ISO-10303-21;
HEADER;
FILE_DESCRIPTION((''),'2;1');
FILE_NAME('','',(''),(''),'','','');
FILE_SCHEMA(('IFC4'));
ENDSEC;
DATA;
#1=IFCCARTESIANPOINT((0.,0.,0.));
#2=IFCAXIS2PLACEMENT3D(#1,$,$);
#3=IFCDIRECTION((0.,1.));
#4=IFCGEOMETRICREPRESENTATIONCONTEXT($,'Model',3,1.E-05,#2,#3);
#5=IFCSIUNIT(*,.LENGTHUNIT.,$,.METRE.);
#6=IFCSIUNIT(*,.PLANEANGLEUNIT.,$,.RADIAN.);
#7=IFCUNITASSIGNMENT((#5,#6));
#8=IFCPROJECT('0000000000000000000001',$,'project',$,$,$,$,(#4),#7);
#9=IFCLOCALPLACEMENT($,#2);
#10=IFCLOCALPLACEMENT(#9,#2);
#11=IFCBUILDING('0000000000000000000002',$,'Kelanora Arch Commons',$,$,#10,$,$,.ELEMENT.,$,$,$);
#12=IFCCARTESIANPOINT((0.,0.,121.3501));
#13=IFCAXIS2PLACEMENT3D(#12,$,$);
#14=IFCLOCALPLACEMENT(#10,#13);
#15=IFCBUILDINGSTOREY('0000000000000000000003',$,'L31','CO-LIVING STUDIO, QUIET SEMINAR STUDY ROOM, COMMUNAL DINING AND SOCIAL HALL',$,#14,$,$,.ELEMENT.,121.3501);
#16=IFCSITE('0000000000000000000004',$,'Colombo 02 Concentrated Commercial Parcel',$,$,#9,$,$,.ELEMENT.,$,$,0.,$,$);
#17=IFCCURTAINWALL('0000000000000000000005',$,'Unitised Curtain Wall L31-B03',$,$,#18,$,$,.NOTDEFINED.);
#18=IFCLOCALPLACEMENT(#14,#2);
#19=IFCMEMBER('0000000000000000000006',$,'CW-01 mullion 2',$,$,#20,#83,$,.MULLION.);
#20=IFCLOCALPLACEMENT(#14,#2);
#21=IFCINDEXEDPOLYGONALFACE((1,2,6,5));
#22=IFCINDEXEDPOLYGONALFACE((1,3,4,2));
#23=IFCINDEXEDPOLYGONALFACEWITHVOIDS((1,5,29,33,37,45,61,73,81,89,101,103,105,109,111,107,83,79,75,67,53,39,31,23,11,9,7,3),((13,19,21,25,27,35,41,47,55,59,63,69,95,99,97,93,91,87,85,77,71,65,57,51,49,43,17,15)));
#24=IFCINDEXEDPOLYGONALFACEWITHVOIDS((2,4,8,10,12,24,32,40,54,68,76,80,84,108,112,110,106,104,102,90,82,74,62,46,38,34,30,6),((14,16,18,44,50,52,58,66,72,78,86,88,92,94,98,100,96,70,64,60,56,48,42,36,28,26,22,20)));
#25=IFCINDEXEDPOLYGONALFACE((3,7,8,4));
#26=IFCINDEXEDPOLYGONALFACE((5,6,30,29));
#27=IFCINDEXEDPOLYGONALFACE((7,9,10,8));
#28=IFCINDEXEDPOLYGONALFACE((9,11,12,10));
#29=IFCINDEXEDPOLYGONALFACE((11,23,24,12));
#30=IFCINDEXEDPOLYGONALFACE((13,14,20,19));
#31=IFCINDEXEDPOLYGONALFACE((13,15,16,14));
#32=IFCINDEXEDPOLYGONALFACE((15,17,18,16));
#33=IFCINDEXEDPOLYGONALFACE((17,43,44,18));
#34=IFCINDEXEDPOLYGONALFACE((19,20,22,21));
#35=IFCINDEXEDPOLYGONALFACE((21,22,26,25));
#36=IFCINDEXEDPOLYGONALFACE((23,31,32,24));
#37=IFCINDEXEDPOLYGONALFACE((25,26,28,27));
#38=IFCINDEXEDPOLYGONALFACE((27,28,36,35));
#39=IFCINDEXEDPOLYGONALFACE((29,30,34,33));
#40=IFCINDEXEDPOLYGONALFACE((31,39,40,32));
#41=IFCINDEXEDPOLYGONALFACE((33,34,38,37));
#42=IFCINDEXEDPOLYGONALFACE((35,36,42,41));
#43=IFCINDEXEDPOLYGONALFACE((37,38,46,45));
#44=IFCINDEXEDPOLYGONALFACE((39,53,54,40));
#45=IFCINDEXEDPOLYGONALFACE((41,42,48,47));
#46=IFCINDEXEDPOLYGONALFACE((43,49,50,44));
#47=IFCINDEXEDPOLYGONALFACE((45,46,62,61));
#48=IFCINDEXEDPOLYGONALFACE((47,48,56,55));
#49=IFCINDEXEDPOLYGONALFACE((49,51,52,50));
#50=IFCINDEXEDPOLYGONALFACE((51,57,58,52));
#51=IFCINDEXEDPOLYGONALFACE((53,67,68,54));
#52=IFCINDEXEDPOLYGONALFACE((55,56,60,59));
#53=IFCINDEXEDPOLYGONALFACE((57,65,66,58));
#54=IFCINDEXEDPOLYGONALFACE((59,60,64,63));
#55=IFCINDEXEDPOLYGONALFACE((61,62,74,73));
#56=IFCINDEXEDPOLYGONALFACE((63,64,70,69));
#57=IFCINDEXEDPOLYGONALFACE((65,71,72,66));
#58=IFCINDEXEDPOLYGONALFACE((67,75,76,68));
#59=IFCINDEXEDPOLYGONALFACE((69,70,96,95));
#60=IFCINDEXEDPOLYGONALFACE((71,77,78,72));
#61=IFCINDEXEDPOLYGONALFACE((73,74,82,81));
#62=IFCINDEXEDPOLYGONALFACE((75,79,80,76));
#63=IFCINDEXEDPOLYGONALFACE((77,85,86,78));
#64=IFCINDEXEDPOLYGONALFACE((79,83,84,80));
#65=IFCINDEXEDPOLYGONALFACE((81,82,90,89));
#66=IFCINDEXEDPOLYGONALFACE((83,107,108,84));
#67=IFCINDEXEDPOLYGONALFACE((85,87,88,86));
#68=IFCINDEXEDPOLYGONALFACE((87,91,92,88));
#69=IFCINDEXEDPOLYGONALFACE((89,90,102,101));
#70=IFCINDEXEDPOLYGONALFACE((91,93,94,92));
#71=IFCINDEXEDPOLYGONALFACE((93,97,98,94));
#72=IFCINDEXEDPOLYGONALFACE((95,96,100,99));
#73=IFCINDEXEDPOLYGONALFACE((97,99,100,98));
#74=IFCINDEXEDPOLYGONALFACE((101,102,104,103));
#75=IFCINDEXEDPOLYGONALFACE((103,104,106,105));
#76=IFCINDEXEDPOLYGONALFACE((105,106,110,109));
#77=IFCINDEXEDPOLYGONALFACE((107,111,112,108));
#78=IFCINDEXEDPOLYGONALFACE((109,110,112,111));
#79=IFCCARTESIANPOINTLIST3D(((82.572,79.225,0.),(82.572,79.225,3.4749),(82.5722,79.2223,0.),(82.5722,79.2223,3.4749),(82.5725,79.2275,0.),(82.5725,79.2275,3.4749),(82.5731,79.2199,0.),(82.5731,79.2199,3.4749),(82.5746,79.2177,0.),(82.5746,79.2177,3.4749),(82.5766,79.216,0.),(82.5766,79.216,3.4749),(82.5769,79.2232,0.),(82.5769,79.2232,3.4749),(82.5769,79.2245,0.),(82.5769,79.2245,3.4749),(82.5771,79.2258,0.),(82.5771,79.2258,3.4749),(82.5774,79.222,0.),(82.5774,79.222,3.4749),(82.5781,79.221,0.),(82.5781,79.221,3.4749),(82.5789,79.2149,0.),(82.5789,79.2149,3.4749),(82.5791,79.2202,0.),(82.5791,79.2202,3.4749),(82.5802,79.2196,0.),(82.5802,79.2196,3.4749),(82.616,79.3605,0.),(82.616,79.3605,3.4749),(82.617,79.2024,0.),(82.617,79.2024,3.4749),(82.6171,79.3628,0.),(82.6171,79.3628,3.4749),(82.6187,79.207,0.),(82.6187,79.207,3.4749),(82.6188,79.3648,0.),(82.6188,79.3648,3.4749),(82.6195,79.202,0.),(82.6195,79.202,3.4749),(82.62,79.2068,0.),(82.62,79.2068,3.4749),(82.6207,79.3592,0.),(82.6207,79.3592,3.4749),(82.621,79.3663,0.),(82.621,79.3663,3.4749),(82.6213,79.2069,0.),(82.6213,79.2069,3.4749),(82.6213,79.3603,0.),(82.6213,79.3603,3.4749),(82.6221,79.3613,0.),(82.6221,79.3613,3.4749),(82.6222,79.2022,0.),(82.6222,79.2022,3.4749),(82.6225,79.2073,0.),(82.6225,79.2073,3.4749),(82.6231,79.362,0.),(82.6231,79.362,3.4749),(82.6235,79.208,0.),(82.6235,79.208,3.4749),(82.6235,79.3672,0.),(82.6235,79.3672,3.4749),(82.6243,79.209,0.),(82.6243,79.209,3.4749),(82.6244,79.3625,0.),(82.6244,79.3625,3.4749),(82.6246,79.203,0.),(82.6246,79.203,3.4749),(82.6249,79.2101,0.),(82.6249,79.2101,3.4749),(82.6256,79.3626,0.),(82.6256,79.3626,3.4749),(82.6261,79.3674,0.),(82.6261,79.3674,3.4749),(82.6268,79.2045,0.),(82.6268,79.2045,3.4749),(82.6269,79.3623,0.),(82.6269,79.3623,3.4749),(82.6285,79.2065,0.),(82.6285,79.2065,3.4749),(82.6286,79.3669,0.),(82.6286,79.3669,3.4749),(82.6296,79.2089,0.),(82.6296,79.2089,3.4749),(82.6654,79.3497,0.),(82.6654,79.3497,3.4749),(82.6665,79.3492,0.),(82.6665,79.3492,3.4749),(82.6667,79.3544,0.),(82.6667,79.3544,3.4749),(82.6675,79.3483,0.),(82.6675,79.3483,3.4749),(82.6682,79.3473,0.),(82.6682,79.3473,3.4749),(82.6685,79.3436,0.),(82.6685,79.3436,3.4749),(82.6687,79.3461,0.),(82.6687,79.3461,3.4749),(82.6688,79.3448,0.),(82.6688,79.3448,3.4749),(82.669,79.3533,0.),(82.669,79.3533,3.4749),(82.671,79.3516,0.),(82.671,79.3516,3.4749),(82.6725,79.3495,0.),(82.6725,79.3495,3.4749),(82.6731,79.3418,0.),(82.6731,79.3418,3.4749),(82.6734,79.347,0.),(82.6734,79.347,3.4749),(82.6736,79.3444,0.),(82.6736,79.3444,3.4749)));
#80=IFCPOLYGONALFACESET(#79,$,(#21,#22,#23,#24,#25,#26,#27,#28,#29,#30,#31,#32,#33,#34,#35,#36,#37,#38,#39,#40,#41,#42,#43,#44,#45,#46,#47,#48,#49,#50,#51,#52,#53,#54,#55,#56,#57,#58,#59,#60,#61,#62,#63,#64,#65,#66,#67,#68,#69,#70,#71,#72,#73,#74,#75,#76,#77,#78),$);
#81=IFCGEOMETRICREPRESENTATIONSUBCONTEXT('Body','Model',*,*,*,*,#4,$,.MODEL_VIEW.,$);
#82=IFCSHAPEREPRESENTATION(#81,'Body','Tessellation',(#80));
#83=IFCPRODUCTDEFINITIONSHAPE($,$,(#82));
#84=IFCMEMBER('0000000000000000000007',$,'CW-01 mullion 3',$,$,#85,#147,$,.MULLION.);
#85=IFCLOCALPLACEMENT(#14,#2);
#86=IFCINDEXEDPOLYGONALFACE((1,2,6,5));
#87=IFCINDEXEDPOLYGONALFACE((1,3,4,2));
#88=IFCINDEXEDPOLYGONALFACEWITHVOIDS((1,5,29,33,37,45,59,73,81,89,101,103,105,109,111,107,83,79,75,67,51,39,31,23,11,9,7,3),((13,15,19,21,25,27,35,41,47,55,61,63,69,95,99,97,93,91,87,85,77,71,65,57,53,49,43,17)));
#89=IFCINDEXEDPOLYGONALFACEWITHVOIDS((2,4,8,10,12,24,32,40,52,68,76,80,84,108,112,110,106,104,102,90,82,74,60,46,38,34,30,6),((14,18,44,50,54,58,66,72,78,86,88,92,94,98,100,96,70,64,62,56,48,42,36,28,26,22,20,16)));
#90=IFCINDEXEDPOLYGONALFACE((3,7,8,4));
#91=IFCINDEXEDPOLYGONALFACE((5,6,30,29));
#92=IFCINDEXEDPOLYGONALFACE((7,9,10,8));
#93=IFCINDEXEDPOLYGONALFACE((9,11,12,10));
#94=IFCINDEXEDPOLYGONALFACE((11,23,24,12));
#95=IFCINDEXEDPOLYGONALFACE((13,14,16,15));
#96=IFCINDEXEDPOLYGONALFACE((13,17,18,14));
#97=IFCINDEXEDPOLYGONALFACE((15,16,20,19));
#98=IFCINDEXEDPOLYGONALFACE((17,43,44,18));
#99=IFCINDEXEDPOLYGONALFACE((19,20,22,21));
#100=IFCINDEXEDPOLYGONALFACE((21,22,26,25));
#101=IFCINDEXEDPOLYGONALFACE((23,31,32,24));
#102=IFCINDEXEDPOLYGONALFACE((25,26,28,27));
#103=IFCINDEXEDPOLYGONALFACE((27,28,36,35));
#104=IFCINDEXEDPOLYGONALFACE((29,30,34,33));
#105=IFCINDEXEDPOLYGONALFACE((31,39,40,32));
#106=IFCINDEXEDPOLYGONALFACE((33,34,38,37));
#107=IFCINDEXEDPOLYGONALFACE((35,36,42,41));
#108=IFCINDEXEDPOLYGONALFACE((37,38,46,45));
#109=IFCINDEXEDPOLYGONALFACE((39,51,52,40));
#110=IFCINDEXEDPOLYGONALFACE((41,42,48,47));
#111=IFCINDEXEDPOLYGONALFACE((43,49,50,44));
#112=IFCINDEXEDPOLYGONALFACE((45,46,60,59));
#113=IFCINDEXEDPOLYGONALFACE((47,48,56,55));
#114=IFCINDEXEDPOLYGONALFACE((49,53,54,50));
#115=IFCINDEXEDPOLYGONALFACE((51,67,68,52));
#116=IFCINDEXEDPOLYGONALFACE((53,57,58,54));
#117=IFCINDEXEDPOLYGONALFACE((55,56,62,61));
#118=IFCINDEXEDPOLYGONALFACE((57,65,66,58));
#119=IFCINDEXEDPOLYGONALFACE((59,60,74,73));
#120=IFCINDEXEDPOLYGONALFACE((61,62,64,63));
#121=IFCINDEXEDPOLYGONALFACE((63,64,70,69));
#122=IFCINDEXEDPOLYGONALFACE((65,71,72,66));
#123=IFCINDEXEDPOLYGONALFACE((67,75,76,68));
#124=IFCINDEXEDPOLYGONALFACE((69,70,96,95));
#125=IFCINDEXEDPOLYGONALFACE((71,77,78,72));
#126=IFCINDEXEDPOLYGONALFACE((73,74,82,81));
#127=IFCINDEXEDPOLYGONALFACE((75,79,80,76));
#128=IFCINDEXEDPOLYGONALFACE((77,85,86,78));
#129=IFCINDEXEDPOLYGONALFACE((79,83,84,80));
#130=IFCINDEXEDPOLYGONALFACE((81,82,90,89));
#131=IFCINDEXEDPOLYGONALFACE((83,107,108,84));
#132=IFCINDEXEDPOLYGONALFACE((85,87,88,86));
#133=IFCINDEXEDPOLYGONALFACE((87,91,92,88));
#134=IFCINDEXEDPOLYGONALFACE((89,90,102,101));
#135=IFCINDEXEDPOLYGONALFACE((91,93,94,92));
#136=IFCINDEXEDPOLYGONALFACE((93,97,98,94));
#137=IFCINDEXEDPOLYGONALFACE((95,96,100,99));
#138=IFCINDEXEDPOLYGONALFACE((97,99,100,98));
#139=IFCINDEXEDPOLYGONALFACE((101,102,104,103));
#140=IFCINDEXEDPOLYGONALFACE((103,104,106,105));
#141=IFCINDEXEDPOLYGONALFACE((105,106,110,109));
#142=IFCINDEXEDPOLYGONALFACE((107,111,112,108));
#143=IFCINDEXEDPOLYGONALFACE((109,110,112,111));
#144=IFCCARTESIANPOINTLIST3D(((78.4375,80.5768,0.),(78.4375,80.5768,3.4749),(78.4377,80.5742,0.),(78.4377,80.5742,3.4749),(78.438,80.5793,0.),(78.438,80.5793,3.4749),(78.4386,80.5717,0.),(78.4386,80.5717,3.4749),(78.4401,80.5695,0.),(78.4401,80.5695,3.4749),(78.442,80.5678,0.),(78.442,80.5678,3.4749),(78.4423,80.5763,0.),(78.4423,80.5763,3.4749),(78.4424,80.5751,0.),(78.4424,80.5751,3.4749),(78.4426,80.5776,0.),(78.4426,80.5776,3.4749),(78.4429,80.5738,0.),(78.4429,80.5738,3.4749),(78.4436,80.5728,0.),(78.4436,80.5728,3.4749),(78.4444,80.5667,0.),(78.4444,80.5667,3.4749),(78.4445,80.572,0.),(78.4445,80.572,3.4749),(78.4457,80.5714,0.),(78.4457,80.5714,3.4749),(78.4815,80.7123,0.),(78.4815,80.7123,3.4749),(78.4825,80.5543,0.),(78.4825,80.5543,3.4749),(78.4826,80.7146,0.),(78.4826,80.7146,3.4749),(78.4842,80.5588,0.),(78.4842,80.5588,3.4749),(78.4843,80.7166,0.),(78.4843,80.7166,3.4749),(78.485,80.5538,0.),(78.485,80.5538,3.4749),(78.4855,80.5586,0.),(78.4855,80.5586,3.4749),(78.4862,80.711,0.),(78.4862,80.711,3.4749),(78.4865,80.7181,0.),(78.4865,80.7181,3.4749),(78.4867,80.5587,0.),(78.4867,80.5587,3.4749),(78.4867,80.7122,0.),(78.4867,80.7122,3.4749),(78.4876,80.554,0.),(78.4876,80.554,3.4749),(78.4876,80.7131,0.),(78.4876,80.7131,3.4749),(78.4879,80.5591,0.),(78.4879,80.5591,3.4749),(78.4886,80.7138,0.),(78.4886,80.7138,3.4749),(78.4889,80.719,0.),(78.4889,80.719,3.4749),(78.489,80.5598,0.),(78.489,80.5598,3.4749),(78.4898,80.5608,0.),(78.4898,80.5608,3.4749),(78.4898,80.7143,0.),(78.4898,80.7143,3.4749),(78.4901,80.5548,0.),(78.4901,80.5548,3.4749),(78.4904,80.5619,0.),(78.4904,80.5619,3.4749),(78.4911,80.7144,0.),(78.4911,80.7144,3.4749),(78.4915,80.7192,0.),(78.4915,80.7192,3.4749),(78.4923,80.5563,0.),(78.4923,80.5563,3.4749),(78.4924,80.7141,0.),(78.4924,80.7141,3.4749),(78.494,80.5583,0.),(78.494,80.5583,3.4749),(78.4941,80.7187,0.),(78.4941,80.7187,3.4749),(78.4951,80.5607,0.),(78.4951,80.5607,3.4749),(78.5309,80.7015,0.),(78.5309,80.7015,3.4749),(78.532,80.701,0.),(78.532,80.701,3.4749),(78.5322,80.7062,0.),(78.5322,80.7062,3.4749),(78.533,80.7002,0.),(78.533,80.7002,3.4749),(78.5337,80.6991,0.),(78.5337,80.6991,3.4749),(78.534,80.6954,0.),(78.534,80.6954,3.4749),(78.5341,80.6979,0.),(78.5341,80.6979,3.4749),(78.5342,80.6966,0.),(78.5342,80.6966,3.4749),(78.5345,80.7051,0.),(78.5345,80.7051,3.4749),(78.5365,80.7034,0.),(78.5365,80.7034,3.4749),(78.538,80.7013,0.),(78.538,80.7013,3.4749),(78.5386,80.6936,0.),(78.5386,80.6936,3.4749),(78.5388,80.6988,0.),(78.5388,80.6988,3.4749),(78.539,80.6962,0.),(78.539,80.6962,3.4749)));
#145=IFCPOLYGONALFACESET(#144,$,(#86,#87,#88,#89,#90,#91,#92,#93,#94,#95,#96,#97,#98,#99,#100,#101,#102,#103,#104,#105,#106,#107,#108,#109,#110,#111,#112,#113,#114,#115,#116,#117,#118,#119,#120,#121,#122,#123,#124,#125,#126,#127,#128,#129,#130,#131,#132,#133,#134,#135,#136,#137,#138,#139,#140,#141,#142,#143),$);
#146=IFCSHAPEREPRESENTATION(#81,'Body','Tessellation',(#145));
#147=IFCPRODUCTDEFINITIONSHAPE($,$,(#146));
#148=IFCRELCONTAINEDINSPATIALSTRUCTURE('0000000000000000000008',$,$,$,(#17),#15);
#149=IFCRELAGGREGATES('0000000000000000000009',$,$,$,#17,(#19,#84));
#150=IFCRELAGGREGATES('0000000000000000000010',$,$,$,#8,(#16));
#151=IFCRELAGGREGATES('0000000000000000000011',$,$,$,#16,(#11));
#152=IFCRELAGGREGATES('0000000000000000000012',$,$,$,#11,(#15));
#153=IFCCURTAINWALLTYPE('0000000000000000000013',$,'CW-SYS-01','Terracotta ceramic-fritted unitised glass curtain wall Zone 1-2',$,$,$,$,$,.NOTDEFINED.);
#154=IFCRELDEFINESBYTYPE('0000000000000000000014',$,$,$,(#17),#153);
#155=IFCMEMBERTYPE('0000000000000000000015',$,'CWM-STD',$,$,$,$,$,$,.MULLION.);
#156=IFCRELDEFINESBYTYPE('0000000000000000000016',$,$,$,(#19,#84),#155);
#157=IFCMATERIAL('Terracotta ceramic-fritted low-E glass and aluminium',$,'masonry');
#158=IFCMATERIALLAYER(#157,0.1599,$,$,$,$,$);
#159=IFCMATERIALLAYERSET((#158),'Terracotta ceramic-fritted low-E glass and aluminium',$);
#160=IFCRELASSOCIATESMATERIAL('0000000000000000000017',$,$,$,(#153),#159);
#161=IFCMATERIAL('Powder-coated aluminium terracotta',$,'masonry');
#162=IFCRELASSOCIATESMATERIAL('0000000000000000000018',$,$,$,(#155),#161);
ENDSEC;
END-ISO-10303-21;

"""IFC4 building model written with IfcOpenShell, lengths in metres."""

from ifc_helpers import new_model, si_unit, direction, frame, origin, origin_2d, place, context, subcontext, project, spatial, hollow_rectangle, extrude, material, layer, layer_set, material_profile, profile_set, type_object, element, aggregate, save


model = new_model("IFC4")

# Units and contexts
model_context = context("Model", 3, precision=1e-05, world=origin(), true_north=direction((0.0, 1.0)))
body_context = subcontext(model_context, "Body", "Model", "MODEL_VIEW")
ifc_project = project(units=[si_unit("LENGTHUNIT", "METRE"), si_unit("PLANEANGLEUNIT", "RADIAN")], contexts=[model_context])

# Site, building, storey
site_placement = place(None, origin())
site = spatial("IfcSite", under=ifc_project, at=site_placement, Name="Colombo 02 Concentrated Commercial Parcel", CompositionType="ELEMENT", RefElevation=0.0)
building_placement = place(site_placement, origin())
building = spatial("IfcBuilding", under=site, at=building_placement, Name="Kelanora Arch Commons", CompositionType="ELEMENT")
storey_placement = place(building_placement, frame((0.0, 0.0, 121.3501)))
storey = spatial("IfcBuildingStorey", under=building, at=storey_placement, Name="L31", Description="CO-LIVING STUDIO, QUIET SEMINAR STUDY ROOM, COMMUNAL DINING AND SOCIAL HALL", CompositionType="ELEMENT", Elevation=121.3501)

# Curtain wall, members
ifc_material_1 = material(Name="Terracotta ceramic-fritted low-E glass and aluminium", Category="masonry")
ifc_layer_1 = layer(ifc_material_1, 0.1599)
ifc_layer_set_1 = layer_set([ifc_layer_1], Name="Terracotta ceramic-fritted low-E glass and aluminium")
curtain_wall_type = type_object("IfcCurtainWallType", Name="CW-SYS-01", Description="Terracotta ceramic-fritted unitised glass curtain wall Zone 1-2", PredefinedType="NOTDEFINED", material=ifc_layer_set_1)
curtain_wall_placement = place(storey_placement, origin())
curtain_wall = element("IfcCurtainWall", 1, at=curtain_wall_placement, inside=storey, type_object=curtain_wall_type, Name="Unitised Curtain Wall L31-B03", PredefinedType="NOTDEFINED")
ifc_material_2 = material(Name="Powder-coated aluminium terracotta", Category="masonry")
ifc_material_profile_1 = material_profile(ifc_material_2, hollow_rectangle(XDim=0.1599, YDim=0.0601, WallThickness=0.0049, InnerFilletRadius=0.0049, OuterFilletRadius=0.01, at=origin_2d()), Name="CWM160x60")
ifc_profile_set_1 = profile_set([ifc_material_profile_1], Name="Powder-coated aluminium terracotta")
member_type_1 = type_object("IfcMemberType", Name="CWM-STD", PredefinedType="MULLION", material=ifc_profile_set_1)
member_1_placement = place(storey_placement, frame((82.6228, 79.2847, 0.0), z_axis=(0.0, 0.0, 1.0), x_axis=(-0.310805, -0.950474, 0.0)))
member_1 = element("IfcMember", 2, at=member_1_placement, type_object=member_type_1, Name="CW-01 mullion 2", PredefinedType="MULLION", context=body_context, shape_type="SweptSolid", body=[
    extrude(hollow_rectangle(XDim=0.1599, YDim=0.0601, WallThickness=0.0049, InnerFilletRadius=0.0049, OuterFilletRadius=0.01, at=origin_2d()), origin(), (0.0, 0.0, 1.0), 3.4749),
])
member_2_placement = place(storey_placement, frame((78.4883, 80.6365, 0.0), z_axis=(0.0, 0.0, 1.0), x_axis=(-0.310805, -0.950474, 0.0)))
member_2 = element("IfcMember", 3, at=member_2_placement, type_object=member_type_1, Name="CW-01 mullion 3", PredefinedType="MULLION", context=body_context, shape_type="SweptSolid", body=[
    extrude(hollow_rectangle(XDim=0.1599, YDim=0.0601, WallThickness=0.0049, InnerFilletRadius=0.0049, OuterFilletRadius=0.01, at=origin_2d()), origin(), (0.0, 0.0, 1.0), 3.4749),
])
aggregate(curtain_wall, [member_1, member_2])

save(model, "model.ifc")
